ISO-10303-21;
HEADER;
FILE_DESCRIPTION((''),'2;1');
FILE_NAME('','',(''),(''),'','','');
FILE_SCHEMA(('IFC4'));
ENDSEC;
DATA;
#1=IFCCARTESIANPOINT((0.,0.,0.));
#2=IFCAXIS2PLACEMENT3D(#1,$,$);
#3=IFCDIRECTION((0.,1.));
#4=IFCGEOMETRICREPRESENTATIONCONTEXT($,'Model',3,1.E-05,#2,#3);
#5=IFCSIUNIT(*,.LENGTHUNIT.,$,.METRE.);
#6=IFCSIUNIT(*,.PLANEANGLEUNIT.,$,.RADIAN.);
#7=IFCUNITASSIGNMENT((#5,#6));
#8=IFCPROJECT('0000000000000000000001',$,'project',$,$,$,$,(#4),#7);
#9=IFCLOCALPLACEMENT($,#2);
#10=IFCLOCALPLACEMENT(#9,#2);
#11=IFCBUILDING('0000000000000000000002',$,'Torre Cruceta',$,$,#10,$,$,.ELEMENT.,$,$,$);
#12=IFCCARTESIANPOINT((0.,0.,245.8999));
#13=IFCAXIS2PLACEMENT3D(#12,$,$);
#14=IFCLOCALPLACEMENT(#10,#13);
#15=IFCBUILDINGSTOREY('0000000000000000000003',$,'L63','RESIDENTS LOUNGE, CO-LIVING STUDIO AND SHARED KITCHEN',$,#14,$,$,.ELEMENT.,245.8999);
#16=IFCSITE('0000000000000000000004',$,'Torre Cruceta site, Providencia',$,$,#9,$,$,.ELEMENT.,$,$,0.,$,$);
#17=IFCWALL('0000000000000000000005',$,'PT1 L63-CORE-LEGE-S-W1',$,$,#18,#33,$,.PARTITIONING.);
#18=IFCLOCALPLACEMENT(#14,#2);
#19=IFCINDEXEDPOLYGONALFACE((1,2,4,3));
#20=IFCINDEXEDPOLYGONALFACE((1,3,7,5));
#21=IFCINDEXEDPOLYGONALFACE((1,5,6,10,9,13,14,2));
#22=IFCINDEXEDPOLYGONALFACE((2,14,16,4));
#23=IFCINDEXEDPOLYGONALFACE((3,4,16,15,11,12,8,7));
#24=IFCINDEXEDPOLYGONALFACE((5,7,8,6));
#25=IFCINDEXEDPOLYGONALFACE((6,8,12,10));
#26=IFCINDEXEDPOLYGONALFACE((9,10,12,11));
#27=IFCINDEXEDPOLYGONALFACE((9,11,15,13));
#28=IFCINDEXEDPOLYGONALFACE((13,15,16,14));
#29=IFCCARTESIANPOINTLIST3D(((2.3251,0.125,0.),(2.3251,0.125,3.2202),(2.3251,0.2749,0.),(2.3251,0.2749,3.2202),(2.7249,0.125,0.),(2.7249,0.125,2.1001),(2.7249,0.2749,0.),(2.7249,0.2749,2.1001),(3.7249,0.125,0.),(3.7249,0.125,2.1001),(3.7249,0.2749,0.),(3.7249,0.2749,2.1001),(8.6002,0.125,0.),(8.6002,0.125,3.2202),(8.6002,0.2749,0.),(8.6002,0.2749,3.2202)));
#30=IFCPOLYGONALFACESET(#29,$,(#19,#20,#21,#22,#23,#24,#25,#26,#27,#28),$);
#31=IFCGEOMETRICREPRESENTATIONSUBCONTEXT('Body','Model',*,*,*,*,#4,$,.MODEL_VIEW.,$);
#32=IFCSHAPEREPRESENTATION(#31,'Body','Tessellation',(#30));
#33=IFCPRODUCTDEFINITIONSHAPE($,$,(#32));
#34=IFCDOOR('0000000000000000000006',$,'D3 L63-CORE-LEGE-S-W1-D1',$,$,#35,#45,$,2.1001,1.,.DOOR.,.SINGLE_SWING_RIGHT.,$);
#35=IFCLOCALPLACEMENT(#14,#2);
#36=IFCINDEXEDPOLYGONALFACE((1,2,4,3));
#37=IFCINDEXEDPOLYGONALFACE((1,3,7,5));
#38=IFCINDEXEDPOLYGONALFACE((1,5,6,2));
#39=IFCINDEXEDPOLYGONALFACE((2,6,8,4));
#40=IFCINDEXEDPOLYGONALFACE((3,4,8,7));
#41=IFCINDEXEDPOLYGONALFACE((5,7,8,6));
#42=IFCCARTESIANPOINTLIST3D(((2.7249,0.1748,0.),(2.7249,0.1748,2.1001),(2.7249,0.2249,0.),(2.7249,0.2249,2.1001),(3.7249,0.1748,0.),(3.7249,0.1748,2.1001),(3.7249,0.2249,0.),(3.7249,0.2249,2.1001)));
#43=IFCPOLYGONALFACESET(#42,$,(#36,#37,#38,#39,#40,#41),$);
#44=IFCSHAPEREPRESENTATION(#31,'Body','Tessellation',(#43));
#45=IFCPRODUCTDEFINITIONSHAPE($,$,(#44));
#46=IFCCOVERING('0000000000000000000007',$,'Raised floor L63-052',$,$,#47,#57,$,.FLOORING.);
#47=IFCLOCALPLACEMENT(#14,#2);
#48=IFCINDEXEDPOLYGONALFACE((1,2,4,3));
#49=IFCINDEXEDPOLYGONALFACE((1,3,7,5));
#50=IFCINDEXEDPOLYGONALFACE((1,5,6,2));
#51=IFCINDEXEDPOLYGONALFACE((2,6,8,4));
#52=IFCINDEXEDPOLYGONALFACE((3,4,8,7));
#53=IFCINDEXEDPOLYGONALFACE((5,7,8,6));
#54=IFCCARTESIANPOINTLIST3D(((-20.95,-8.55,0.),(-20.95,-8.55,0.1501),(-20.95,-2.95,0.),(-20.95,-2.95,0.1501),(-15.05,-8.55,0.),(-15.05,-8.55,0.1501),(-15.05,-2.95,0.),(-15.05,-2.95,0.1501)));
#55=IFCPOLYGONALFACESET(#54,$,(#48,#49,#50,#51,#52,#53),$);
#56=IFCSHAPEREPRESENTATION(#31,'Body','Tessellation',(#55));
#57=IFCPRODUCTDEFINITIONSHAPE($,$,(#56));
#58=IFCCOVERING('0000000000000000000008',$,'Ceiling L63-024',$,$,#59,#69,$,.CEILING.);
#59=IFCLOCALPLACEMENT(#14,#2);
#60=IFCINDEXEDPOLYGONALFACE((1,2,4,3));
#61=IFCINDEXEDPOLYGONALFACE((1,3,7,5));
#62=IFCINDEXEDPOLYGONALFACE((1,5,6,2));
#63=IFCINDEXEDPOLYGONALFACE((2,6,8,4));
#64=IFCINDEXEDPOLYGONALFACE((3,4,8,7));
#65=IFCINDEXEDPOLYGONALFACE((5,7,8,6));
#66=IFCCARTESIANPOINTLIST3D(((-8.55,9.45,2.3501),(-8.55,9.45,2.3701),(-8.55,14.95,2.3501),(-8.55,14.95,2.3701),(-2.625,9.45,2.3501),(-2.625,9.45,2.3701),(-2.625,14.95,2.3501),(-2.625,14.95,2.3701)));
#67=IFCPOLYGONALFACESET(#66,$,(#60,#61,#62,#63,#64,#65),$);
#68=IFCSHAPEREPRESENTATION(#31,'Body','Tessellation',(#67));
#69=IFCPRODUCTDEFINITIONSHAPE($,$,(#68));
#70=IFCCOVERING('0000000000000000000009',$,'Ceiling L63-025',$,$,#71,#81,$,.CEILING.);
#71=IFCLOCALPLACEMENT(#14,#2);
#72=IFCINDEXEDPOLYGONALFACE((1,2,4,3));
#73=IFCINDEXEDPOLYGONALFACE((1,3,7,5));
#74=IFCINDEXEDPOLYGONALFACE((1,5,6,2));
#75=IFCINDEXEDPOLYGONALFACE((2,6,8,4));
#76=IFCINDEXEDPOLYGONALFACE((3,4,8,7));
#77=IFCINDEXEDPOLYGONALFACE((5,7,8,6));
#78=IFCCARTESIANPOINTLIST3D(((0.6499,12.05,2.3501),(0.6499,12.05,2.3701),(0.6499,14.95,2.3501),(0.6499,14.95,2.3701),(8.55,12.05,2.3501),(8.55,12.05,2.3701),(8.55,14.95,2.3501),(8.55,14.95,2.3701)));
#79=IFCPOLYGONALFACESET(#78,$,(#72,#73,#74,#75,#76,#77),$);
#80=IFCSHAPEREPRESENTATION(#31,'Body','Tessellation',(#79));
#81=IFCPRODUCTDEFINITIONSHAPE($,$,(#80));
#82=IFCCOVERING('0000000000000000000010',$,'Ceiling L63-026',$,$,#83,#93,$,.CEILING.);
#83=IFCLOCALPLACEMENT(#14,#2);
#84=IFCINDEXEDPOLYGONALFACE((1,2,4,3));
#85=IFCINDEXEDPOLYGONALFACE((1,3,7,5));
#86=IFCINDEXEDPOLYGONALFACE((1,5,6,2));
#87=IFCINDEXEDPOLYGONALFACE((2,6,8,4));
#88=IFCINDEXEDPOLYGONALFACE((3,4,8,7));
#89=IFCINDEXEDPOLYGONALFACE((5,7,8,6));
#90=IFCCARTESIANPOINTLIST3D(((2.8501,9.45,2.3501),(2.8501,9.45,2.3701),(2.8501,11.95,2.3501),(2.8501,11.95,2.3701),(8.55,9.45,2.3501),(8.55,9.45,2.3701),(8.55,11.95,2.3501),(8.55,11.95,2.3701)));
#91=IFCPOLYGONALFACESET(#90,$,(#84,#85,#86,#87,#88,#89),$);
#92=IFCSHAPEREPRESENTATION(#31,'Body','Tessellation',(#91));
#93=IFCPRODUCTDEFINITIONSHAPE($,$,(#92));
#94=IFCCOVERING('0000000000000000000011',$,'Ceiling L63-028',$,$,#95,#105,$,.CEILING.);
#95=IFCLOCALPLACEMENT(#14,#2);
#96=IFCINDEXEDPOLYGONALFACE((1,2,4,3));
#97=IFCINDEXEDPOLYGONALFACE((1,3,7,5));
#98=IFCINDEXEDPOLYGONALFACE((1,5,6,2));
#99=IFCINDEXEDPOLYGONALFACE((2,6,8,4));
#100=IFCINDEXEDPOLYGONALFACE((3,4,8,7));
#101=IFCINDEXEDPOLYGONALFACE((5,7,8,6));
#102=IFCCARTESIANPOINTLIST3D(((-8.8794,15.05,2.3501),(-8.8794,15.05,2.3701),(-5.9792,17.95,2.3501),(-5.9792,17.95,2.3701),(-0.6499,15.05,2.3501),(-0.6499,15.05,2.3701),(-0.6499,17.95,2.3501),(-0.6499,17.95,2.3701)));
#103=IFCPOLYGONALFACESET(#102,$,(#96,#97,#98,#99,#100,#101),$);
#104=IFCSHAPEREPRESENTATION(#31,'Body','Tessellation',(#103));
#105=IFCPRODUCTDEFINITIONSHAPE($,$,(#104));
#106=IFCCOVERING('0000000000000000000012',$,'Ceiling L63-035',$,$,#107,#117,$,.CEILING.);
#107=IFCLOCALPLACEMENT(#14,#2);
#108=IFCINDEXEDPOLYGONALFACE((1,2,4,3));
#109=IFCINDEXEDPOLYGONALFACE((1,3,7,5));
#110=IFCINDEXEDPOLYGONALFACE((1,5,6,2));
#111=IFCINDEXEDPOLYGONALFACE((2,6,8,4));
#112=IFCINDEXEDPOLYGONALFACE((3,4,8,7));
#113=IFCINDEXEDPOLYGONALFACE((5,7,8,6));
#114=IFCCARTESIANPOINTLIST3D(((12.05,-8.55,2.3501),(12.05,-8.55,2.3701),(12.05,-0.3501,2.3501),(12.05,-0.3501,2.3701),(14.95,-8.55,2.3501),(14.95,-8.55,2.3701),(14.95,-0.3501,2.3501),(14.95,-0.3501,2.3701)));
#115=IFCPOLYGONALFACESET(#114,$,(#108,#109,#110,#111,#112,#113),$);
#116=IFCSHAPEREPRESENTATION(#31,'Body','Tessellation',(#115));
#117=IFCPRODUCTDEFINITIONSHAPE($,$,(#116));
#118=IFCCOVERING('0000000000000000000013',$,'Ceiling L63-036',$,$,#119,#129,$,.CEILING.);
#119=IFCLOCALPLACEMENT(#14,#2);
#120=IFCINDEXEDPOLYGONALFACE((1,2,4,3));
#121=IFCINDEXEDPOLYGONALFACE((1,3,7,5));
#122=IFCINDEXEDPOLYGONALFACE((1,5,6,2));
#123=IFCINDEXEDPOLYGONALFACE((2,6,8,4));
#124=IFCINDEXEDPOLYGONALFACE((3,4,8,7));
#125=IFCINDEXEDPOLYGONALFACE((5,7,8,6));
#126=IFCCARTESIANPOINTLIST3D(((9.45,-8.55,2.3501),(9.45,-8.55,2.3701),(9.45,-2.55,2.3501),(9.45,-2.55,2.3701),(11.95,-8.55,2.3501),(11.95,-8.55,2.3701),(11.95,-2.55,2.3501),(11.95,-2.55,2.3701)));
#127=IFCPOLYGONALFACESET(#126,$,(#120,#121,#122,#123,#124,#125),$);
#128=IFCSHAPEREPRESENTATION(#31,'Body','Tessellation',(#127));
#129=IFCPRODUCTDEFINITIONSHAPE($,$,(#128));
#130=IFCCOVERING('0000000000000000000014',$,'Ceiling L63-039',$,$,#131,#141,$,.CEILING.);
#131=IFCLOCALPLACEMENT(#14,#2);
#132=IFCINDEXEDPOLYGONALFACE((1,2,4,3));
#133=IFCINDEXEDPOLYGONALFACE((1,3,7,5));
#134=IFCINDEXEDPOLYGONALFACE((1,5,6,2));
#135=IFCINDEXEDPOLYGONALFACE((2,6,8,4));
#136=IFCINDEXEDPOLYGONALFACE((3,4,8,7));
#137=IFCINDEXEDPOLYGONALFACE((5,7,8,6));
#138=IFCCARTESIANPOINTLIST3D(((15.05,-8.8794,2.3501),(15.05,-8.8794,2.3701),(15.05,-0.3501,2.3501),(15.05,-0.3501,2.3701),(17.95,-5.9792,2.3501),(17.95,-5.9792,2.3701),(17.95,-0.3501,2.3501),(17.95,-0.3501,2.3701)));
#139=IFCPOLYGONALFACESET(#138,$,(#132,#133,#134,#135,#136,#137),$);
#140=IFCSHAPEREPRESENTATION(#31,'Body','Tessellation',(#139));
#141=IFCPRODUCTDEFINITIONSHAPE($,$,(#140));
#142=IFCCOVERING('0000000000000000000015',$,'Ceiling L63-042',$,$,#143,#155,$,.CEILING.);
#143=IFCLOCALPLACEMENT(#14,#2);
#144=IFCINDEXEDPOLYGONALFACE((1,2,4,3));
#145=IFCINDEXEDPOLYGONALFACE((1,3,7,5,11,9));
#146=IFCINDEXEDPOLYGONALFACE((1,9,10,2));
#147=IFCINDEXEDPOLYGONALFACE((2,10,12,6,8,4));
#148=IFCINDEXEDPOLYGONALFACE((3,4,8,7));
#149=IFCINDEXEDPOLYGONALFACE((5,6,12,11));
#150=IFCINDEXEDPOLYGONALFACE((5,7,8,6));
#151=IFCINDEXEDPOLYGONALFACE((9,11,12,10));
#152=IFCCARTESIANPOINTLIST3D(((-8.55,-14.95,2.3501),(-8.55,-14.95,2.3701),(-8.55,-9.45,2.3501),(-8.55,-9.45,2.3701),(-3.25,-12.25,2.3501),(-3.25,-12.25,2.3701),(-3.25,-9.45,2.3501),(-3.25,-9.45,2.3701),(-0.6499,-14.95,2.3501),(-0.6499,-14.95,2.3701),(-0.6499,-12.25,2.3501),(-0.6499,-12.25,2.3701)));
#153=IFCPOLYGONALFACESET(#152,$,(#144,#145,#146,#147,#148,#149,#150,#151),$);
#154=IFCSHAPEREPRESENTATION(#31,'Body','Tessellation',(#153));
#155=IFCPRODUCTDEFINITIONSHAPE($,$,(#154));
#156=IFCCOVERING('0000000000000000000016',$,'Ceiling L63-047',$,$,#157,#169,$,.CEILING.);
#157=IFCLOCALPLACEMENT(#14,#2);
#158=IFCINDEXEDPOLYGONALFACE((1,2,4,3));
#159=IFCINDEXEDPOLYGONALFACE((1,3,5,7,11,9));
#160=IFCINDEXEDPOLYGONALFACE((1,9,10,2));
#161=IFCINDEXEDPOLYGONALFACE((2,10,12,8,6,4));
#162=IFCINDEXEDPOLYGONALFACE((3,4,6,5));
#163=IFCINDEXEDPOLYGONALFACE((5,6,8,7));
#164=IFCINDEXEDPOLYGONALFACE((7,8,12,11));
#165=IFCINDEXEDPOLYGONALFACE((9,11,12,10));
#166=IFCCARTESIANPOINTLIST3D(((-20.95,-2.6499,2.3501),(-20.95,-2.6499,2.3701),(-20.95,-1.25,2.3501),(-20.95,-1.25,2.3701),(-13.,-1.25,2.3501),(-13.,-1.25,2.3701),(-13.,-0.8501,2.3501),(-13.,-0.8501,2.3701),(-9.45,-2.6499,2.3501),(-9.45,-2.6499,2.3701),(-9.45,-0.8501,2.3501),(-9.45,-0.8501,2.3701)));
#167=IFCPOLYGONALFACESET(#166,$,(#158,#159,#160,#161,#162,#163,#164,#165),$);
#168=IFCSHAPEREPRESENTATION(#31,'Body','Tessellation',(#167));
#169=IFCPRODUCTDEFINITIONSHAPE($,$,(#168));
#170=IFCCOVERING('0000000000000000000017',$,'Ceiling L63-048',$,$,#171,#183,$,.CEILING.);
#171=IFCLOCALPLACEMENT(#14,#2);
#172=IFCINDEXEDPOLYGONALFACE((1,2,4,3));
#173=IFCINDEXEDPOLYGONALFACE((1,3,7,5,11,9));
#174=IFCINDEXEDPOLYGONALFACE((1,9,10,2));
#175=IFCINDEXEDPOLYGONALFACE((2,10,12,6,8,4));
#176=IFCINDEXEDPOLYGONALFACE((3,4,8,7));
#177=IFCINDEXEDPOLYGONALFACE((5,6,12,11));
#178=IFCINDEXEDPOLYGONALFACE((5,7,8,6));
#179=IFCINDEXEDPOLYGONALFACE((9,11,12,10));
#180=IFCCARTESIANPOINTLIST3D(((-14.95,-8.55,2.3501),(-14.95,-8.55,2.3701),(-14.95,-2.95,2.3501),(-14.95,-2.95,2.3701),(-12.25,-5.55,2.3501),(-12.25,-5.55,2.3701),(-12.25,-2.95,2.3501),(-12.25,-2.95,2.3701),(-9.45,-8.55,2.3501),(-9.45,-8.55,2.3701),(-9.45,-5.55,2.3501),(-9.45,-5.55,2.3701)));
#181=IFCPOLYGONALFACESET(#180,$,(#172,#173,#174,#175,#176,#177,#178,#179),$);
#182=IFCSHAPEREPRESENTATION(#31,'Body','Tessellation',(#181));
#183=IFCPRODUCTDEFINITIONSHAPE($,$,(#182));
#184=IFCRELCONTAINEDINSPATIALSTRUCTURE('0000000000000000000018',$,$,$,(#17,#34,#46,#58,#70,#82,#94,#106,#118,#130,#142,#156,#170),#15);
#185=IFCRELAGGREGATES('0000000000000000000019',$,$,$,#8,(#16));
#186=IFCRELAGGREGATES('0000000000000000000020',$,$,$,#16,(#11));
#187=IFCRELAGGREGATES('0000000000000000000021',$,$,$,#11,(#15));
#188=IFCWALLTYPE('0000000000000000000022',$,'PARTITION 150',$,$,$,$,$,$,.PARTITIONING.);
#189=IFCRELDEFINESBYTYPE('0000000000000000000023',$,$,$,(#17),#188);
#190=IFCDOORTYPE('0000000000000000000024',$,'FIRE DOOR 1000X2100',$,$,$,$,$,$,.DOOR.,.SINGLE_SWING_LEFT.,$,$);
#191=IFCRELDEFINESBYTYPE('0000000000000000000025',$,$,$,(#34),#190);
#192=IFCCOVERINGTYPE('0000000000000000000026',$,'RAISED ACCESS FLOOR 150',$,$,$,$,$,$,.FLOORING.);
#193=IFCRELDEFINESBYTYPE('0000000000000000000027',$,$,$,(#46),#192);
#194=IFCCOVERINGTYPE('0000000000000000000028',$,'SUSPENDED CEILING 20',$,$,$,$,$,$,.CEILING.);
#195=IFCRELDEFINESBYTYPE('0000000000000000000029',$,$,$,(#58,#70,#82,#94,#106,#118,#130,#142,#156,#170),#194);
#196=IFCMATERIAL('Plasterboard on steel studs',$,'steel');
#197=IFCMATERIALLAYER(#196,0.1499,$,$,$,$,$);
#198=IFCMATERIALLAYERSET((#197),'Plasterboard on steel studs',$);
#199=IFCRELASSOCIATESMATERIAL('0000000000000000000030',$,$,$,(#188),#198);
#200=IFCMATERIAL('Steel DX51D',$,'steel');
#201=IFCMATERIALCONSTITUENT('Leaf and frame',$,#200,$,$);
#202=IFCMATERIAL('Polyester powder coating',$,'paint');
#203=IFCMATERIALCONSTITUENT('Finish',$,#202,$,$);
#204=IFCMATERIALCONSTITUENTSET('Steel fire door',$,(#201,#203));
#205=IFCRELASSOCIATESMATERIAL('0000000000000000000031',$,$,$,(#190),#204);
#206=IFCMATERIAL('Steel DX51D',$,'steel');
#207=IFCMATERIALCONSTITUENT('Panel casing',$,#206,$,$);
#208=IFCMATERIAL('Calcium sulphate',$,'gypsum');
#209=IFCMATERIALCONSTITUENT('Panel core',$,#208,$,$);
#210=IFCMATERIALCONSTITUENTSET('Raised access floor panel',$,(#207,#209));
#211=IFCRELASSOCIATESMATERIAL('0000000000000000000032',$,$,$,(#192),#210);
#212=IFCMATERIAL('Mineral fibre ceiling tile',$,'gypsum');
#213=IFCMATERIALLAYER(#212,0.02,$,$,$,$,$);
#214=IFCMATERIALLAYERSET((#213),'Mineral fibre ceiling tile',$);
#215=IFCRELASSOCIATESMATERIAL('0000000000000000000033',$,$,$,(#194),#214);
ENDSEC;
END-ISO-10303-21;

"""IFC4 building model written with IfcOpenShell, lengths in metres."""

from ifc_helpers import new_model, si_unit, direction, frame, frame_2d, origin, place, context, subcontext, project, spatial, polyline, rectangle, outline, extrude, material, layer, layer_set, constituent, constituent_set, type_object, element, fill, save


model = new_model("IFC4")

# Units and contexts
model_context = context("Model", 3, precision=1e-05, world=origin(), true_north=direction((0.0, 1.0)))
body_context = subcontext(model_context, "Body", "Model", "MODEL_VIEW")
ifc_project = project(units=[si_unit("LENGTHUNIT", "METRE"), si_unit("PLANEANGLEUNIT", "RADIAN")], contexts=[model_context])

# Site, building, storey
site_placement = place(None, origin())
site = spatial("IfcSite", under=ifc_project, at=site_placement, Name="Torre Cruceta site, Providencia", CompositionType="ELEMENT", RefElevation=0.0)
building_placement = place(site_placement, origin())
building = spatial("IfcBuilding", under=site, at=building_placement, Name="Torre Cruceta", CompositionType="ELEMENT")
storey_placement = place(building_placement, frame((0.0, 0.0, 245.8999)))
storey = spatial("IfcBuildingStorey", under=building, at=storey_placement, Name="L63", Description="RESIDENTS LOUNGE, CO-LIVING STUDIO AND SHARED KITCHEN", CompositionType="ELEMENT", Elevation=245.8999)

# Wall, opening, door
ifc_material_1 = material(Name="Plasterboard on steel studs", Category="steel")
ifc_layer_1 = layer(ifc_material_1, 0.1499)
ifc_layer_set_1 = layer_set([ifc_layer_1], Name="Plasterboard on steel studs")
wall_type_1 = type_object("IfcWallType", Name="PARTITION 150", PredefinedType="PARTITIONING", material=ifc_layer_set_1)
wall_1_placement = place(storey_placement, frame((2.325, 0.2, 0.0), z_axis=(0.0, 0.0, 1.0), x_axis=(1.0, 0.0, 0.0)))
wall_1 = element("IfcWall", 1, at=wall_1_placement, inside=storey, type_object=wall_type_1, Name="PT1 L63-CORE-LEGE-S-W1", PredefinedType="PARTITIONING", context=body_context, shape_type="SweptSolid", body=[
    extrude(rectangle(XDim=6.2751, YDim=0.1499, at=frame_2d((3.1377, 0.0))), origin(), (0.0, 0.0, 1.0), 3.2202),
])
opening_1_placement = place(wall_1_placement, frame((0.3999, 0.0, 0.0)))
opening_1 = element("IfcOpeningElement", 2, at=opening_1_placement, cuts=wall_1, PredefinedType="OPENING", context=body_context, shape_type="SweptSolid", body=[
    extrude(rectangle(XDim=1.0, YDim=2.1001, at=frame_2d((0.5, 1.05))), frame((0.0, 0.085, 0.0), z_axis=(0.0, -1.0, 0.0), x_axis=(1.0, 0.0, 0.0)), (0.0, 0.0, 1.0), 0.1699),
])
ifc_material_2 = material(Name="Steel DX51D", Category="steel")
ifc_constituent_1 = constituent(ifc_material_2, Name="Leaf and frame")
ifc_material_3 = material(Name="Polyester powder coating", Category="paint")
ifc_constituent_2 = constituent(ifc_material_3, Name="Finish")
ifc_constituent_set_1 = constituent_set(constituents=[ifc_constituent_1, ifc_constituent_2], Name="Steel fire door")
door_type_1 = type_object("IfcDoorType", Name="FIRE DOOR 1000X2100", OperationType="SINGLE_SWING_LEFT", PredefinedType="DOOR", material=ifc_constituent_set_1)
door_1_placement = place(opening_1_placement, frame((1.0, 0.0, 0.0), z_axis=(0.0, 0.0, 1.0), x_axis=(-1.0, 0.0, 0.0)))
door_1 = element("IfcDoor", 3, at=door_1_placement, inside=storey, type_object=door_type_1, Name="D3 L63-CORE-LEGE-S-W1-D1", OperationType="SINGLE_SWING_RIGHT", OverallHeight=2.1001, OverallWidth=1.0, PredefinedType="DOOR", context=body_context, shape_type="SweptSolid", body=[
    extrude(rectangle(XDim=1.0, YDim=2.1001, at=frame_2d((0.5, 1.05))), frame((0.0, 0.0251, 0.0), z_axis=(0.0, -1.0, 0.0), x_axis=(1.0, 0.0, 0.0)), (0.0, 0.0, 1.0), 0.05),
])
fill(opening_1, door_1)

# Coverings
ifc_material_4 = material(Name="Steel DX51D", Category="steel")
ifc_constituent_3 = constituent(ifc_material_4, Name="Panel casing")
ifc_material_5 = material(Name="Calcium sulphate", Category="gypsum")
ifc_constituent_4 = constituent(ifc_material_5, Name="Panel core")
ifc_constituent_set_2 = constituent_set(constituents=[ifc_constituent_3, ifc_constituent_4], Name="Raised access floor panel")
covering_type_1 = type_object("IfcCoveringType", Name="RAISED ACCESS FLOOR 150", PredefinedType="FLOORING", material=ifc_constituent_set_2)
covering_1_placement = place(storey_placement, origin())
element("IfcCovering", 4, at=covering_1_placement, inside=storey, type_object=covering_type_1, Name="Raised floor L63-052", PredefinedType="FLOORING", context=body_context, shape_type="SweptSolid", body=[
    extrude(outline(polyline([(-15.05, -2.95), (-15.05, -8.55), (-20.95, -8.55), (-20.95, -2.95), (-15.05, -2.95)])), origin(), (0.0, 0.0, 1.0), 0.1501),
])
ifc_material_6 = material(Name="Mineral fibre ceiling tile", Category="gypsum")
ifc_layer_2 = layer(ifc_material_6, 0.02)
ifc_layer_set_2 = layer_set([ifc_layer_2], Name="Mineral fibre ceiling tile")
covering_type_2 = type_object("IfcCoveringType", Name="SUSPENDED CEILING 20", PredefinedType="CEILING", material=ifc_layer_set_2)
covering_2_placement = place(storey_placement, frame((0.0, 0.0, 2.3501)))
element("IfcCovering", 5, at=covering_2_placement, inside=storey, type_object=covering_type_2, Name="Ceiling L63-024", PredefinedType="CEILING", context=body_context, shape_type="SweptSolid", body=[
    extrude(outline(polyline([(-2.625, 9.45), (-8.55, 9.45), (-8.55, 14.95), (-2.625, 14.95), (-2.625, 9.45)])), origin(), (0.0, 0.0, 1.0), 0.02),
])
covering_3_placement = place(storey_placement, frame((0.0, 0.0, 2.3501)))
element("IfcCovering", 6, at=covering_3_placement, inside=storey, type_object=covering_type_2, Name="Ceiling L63-025", PredefinedType="CEILING", context=body_context, shape_type="SweptSolid", body=[
    extrude(outline(polyline([(8.55, 14.95), (8.55, 12.05), (0.6499, 12.05), (0.6499, 14.95), (8.55, 14.95)])), origin(), (0.0, 0.0, 1.0), 0.02),
])
covering_4_placement = place(storey_placement, frame((0.0, 0.0, 2.3501)))
element("IfcCovering", 7, at=covering_4_placement, inside=storey, type_object=covering_type_2, Name="Ceiling L63-026", PredefinedType="CEILING", context=body_context, shape_type="SweptSolid", body=[
    extrude(outline(polyline([(8.55, 9.45), (2.8501, 9.45), (2.8501, 11.95), (8.55, 11.95), (8.55, 9.45)])), origin(), (0.0, 0.0, 1.0), 0.02),
])
covering_5_placement = place(storey_placement, frame((0.0, 0.0, 2.3501)))
element("IfcCovering", 8, at=covering_5_placement, inside=storey, type_object=covering_type_2, Name="Ceiling L63-028", PredefinedType="CEILING", context=body_context, shape_type="SweptSolid", body=[
    extrude(outline(polyline([(-5.9792, 17.95), (-0.6499, 17.95), (-0.6499, 15.05), (-8.8794, 15.05), (-5.9792, 17.95)])), origin(), (0.0, 0.0, 1.0), 0.02),
])
covering_6_placement = place(storey_placement, frame((0.0, 0.0, 2.3501)))
element("IfcCovering", 9, at=covering_6_placement, inside=storey, type_object=covering_type_2, Name="Ceiling L63-035", PredefinedType="CEILING", context=body_context, shape_type="SweptSolid", body=[
    extrude(outline(polyline([(14.95, -8.55), (12.05, -8.55), (12.05, -0.3501), (14.95, -0.3501), (14.95, -8.55)])), origin(), (0.0, 0.0, 1.0), 0.02),
])
covering_7_placement = place(storey_placement, frame((0.0, 0.0, 2.3501)))
element("IfcCovering", 10, at=covering_7_placement, inside=storey, type_object=covering_type_2, Name="Ceiling L63-036", PredefinedType="CEILING", context=body_context, shape_type="SweptSolid", body=[
    extrude(outline(polyline([(9.45, -8.55), (9.45, -2.55), (11.95, -2.55), (11.95, -8.55), (9.45, -8.55)])), origin(), (0.0, 0.0, 1.0), 0.02),
])
covering_8_placement = place(storey_placement, frame((0.0, 0.0, 2.3501)))
element("IfcCovering", 11, at=covering_8_placement, inside=storey, type_object=covering_type_2, Name="Ceiling L63-039", PredefinedType="CEILING", context=body_context, shape_type="SweptSolid", body=[
    extrude(outline(polyline([(15.05, -8.8794), (15.05, -0.3501), (17.95, -0.3501), (17.95, -5.9792), (15.05, -8.8794)])), origin(), (0.0, 0.0, 1.0), 0.02),
])
covering_9_placement = place(storey_placement, frame((0.0, 0.0, 2.3501)))
element("IfcCovering", 12, at=covering_9_placement, inside=storey, type_object=covering_type_2, Name="Ceiling L63-042", PredefinedType="CEILING", context=body_context, shape_type="SweptSolid", body=[
    extrude(outline(polyline([(-0.6499, -14.95), (-8.55, -14.95), (-8.55, -9.45), (-3.25, -9.45), (-3.25, -12.25), (-0.6499, -12.25), (-0.6499, -14.95)])), origin(), (0.0, 0.0, 1.0), 0.02),
])
covering_10_placement = place(storey_placement, frame((0.0, 0.0, 2.3501)))
element("IfcCovering", 13, at=covering_10_placement, inside=storey, type_object=covering_type_2, Name="Ceiling L63-047", PredefinedType="CEILING", context=body_context, shape_type="SweptSolid", body=[
    extrude(outline(polyline([(-9.45, -0.8501), (-9.45, -2.6499), (-20.95, -2.6499), (-20.95, -1.25), (-13.0, -1.25), (-13.0, -0.8501), (-9.45, -0.8501)])), origin(), (0.0, 0.0, 1.0), 0.02),
])
covering_11_placement = place(storey_placement, frame((0.0, 0.0, 2.3501)))
element("IfcCovering", 14, at=covering_11_placement, inside=storey, type_object=covering_type_2, Name="Ceiling L63-048", PredefinedType="CEILING", context=body_context, shape_type="SweptSolid", body=[
    extrude(outline(polyline([(-9.45, -8.55), (-14.95, -8.55), (-14.95, -2.95), (-12.25, -2.95), (-12.25, -5.55), (-9.45, -5.55), (-9.45, -8.55)])), origin(), (0.0, 0.0, 1.0), 0.02),
])

save(model, "model.ifc")
